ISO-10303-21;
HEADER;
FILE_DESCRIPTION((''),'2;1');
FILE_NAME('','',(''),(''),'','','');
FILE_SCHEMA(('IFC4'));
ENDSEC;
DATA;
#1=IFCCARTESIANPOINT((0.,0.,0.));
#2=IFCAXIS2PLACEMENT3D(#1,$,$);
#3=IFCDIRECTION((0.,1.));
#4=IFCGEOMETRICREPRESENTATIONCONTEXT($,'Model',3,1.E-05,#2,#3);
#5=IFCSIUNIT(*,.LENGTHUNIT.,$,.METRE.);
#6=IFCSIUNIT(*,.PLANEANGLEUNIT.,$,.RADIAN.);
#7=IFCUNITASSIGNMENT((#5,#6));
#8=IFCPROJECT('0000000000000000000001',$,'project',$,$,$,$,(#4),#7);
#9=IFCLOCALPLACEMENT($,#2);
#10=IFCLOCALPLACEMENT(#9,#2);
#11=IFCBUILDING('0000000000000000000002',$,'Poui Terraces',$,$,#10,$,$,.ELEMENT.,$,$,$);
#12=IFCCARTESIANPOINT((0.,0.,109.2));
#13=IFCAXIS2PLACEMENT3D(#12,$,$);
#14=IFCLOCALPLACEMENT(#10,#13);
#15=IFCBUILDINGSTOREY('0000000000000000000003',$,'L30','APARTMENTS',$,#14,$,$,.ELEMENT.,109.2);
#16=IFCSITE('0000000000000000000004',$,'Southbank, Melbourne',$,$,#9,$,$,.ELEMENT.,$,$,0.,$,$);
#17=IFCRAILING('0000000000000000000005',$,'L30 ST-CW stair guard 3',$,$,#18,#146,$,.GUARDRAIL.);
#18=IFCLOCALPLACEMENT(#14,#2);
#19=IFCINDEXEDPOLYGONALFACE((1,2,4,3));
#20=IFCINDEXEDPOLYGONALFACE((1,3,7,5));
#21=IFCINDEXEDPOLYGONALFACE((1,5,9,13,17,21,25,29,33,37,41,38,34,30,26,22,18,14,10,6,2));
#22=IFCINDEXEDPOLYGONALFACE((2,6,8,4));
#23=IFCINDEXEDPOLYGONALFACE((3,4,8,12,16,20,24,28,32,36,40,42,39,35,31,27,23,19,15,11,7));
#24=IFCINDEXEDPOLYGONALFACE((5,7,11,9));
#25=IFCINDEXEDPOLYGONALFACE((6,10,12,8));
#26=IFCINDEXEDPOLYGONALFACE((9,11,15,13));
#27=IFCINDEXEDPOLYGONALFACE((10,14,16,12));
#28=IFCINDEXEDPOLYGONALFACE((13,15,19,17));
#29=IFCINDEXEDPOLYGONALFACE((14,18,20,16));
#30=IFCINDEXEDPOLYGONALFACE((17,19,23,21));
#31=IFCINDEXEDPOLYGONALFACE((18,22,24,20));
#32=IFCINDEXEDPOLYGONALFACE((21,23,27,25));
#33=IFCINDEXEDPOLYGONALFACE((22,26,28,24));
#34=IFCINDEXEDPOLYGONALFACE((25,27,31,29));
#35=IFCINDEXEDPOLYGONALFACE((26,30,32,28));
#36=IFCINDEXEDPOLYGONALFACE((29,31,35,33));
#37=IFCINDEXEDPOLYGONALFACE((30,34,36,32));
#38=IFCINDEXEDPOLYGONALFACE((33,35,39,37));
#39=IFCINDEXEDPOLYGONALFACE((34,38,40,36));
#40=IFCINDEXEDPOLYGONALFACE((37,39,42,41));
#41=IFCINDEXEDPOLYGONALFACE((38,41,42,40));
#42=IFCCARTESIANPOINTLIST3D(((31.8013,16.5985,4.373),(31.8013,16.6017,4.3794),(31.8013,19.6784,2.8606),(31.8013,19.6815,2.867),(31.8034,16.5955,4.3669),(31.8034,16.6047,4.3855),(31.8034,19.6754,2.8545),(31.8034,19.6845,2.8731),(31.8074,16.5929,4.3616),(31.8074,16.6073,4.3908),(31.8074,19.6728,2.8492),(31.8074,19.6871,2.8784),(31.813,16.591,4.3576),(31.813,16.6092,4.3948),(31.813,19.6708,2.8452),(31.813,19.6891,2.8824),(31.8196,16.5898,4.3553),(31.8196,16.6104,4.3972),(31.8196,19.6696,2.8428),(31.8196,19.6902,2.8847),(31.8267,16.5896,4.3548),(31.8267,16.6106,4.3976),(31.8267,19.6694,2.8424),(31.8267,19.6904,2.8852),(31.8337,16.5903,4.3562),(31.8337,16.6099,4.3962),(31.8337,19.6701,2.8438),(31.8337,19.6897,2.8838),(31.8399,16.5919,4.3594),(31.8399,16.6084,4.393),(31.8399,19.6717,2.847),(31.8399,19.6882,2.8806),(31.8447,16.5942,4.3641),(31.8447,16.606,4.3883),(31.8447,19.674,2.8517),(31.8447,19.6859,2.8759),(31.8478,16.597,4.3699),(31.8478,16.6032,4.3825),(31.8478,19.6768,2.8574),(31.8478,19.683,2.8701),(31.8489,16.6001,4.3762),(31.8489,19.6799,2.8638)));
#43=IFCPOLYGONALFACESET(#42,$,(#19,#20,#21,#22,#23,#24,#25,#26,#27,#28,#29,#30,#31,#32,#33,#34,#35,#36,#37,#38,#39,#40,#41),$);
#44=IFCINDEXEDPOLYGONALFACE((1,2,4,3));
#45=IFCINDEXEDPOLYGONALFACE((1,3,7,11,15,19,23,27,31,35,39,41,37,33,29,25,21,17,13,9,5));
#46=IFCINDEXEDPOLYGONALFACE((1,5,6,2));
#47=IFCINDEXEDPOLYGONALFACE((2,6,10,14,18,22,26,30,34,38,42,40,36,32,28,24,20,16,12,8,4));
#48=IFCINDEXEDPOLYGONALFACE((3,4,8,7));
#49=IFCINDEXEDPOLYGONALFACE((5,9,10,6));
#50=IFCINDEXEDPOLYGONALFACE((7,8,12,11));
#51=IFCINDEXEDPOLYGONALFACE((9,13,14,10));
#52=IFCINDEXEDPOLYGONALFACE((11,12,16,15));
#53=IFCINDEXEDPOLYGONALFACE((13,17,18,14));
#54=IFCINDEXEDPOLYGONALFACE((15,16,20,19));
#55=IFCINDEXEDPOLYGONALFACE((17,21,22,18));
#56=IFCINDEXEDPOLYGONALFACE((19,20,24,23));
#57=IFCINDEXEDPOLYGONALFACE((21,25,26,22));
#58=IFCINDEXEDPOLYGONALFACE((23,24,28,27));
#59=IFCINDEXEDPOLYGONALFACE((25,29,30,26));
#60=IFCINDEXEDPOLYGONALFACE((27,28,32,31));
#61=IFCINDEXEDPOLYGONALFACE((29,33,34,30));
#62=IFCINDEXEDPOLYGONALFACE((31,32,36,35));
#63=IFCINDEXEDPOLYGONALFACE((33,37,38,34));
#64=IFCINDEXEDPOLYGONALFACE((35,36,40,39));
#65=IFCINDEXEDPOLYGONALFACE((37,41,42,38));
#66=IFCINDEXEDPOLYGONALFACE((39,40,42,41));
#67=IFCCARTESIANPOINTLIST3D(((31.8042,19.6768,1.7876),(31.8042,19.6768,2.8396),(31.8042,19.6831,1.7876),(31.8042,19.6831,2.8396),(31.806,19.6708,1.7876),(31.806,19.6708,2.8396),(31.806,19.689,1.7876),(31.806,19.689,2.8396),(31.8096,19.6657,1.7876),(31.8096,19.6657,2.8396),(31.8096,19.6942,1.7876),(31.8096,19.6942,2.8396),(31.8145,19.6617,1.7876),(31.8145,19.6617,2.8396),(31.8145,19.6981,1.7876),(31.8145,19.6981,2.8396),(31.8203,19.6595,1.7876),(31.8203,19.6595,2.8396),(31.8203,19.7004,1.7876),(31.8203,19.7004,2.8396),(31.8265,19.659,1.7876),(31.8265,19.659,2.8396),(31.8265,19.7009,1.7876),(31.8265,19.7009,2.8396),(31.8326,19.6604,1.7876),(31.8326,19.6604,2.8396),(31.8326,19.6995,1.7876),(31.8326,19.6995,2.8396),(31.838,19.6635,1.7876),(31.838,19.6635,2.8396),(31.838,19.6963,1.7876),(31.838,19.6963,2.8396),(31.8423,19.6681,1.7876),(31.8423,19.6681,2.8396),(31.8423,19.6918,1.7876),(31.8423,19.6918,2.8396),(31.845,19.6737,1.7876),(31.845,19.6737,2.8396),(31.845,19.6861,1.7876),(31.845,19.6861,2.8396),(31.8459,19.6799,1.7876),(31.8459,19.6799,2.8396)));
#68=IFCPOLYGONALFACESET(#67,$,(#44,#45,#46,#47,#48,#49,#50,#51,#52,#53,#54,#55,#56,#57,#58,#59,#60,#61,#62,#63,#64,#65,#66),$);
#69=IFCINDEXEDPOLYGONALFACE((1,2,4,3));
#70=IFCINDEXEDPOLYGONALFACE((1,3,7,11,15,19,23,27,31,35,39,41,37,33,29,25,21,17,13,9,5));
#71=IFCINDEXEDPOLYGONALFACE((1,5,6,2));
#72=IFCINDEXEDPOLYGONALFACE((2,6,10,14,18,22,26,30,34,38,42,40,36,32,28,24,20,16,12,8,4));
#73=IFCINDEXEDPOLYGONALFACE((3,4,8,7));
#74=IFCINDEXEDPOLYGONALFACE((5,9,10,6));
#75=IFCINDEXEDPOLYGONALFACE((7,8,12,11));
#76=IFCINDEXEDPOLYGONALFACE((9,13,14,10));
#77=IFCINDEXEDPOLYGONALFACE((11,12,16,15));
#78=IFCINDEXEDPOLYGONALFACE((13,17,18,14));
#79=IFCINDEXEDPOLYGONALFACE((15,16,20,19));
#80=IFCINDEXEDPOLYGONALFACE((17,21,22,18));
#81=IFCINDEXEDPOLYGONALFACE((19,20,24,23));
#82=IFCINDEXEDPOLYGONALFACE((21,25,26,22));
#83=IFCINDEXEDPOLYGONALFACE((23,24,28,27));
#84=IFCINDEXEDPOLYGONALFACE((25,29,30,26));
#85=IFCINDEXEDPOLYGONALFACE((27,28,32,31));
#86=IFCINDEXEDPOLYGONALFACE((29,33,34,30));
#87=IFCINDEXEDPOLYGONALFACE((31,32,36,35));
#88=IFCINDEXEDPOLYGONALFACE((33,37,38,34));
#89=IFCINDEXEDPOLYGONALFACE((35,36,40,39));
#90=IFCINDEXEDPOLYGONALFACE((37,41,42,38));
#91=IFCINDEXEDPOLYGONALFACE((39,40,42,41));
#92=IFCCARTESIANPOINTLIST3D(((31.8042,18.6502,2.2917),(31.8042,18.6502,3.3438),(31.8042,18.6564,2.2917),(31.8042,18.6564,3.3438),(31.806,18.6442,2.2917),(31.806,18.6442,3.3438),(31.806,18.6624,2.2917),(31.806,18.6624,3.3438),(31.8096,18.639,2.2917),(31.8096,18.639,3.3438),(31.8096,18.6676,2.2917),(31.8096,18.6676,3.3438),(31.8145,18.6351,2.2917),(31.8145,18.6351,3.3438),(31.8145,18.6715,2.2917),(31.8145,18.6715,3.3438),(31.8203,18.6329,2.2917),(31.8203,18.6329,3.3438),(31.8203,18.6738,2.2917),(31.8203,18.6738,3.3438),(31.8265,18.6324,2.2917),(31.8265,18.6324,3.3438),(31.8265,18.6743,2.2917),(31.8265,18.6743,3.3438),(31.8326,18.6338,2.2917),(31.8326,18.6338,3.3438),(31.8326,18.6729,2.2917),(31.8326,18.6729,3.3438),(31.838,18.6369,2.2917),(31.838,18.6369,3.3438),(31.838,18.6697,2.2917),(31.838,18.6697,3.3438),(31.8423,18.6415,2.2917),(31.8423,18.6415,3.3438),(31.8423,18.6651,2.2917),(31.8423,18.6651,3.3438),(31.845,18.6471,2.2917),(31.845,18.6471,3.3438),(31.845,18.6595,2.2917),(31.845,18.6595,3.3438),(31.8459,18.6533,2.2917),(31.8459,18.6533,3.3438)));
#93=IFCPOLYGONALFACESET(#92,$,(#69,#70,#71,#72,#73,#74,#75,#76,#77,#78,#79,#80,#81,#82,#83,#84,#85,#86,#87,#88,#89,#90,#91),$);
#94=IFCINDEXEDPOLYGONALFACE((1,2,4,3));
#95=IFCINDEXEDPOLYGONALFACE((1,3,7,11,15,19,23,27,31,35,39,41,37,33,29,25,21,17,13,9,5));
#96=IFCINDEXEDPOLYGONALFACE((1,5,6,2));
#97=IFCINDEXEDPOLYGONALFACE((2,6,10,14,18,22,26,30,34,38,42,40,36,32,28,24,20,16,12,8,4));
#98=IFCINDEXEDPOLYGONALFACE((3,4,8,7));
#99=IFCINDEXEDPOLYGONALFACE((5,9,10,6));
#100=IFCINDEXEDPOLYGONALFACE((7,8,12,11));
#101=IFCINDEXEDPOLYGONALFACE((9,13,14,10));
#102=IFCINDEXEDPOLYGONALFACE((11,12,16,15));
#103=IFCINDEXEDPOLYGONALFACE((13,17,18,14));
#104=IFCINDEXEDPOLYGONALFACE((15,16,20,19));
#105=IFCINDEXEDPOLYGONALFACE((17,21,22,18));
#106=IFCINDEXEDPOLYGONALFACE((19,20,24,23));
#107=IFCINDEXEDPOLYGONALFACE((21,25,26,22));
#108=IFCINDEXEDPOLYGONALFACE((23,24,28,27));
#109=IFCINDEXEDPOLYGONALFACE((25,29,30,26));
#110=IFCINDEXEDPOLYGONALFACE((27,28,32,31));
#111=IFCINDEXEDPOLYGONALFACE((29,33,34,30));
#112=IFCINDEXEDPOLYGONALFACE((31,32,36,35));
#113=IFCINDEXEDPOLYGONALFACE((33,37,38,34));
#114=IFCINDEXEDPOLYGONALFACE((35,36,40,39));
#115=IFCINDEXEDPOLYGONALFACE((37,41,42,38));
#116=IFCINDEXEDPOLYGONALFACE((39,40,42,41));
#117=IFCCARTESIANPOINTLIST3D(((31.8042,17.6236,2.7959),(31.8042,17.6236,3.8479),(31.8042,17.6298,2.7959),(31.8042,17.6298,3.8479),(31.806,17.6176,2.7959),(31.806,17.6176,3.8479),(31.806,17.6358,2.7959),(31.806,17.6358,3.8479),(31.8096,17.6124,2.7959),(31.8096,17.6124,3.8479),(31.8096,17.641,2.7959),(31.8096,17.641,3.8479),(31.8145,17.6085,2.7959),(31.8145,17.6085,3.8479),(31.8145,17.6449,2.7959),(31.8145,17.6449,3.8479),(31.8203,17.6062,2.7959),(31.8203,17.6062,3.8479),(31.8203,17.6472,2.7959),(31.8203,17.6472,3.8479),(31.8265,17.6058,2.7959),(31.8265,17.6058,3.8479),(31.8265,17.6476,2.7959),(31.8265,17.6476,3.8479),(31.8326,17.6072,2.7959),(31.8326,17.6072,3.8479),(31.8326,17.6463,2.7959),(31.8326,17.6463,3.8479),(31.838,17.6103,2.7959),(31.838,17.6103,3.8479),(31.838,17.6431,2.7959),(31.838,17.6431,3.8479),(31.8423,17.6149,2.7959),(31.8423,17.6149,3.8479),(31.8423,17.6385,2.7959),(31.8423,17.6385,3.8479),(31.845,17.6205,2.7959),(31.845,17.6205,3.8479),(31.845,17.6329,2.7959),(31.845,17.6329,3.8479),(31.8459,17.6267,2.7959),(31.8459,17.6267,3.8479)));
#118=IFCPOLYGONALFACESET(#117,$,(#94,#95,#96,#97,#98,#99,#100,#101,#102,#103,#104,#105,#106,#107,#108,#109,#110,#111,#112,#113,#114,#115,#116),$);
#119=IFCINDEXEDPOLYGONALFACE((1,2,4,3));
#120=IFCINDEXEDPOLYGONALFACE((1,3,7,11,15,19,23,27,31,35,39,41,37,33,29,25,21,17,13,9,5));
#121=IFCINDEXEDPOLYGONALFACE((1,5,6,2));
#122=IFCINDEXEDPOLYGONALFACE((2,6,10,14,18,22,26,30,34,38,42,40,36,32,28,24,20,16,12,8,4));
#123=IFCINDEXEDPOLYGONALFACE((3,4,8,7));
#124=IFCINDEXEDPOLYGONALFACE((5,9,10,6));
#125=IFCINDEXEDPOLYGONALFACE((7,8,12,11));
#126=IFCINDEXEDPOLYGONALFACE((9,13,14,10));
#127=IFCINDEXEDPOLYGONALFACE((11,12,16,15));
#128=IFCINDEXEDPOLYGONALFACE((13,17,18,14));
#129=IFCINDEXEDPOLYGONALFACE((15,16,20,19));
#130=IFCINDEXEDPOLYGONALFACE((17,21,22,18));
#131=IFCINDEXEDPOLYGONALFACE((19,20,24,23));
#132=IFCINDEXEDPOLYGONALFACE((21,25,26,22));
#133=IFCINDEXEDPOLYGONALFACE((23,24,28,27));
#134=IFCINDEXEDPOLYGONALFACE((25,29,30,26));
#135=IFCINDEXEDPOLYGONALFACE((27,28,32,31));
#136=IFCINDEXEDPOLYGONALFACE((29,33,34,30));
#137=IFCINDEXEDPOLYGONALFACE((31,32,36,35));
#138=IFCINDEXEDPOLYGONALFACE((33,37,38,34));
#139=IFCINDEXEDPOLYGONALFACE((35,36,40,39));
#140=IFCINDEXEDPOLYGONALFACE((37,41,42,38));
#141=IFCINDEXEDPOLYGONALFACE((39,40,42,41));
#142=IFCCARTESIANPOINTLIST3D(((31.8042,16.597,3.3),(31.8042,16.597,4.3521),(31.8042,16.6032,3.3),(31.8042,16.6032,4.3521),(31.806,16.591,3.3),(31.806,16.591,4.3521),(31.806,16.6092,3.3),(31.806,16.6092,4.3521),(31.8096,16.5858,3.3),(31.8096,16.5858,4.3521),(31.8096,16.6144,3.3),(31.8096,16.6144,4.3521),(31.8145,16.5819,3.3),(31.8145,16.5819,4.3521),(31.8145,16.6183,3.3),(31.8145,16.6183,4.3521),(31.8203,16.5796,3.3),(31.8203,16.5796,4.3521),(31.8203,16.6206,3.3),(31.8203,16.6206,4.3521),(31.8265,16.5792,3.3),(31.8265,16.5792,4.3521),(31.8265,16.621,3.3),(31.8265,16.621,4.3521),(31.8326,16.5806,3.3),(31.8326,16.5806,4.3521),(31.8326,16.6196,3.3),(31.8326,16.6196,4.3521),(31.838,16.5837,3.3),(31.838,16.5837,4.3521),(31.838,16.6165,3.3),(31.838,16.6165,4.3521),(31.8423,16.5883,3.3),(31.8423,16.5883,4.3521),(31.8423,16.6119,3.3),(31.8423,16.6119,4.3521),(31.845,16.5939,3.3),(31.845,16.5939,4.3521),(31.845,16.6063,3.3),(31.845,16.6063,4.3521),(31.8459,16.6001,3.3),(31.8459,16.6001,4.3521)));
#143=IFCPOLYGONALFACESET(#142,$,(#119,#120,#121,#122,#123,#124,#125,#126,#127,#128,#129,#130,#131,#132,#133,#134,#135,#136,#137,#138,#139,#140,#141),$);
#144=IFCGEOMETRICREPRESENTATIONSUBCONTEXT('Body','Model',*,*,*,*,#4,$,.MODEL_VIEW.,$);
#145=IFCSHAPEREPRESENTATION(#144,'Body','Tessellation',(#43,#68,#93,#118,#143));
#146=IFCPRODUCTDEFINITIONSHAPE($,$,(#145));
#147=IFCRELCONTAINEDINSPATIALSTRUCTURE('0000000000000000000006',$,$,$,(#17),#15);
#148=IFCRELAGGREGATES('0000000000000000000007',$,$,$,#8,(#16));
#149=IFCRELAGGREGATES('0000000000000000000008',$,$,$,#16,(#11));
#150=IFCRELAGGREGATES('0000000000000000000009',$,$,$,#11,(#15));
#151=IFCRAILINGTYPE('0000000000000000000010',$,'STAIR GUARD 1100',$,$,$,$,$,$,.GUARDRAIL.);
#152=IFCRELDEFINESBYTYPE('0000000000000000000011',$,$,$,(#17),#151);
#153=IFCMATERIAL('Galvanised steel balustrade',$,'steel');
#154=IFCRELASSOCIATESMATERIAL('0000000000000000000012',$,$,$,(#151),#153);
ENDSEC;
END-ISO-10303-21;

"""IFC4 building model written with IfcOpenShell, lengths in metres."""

from ifc_helpers import new_model, si_unit, direction, frame, origin, origin_2d, place, context, subcontext, project, spatial, circle, extrude, material, type_object, element, save


model = new_model("IFC4")

# Units and contexts
model_context = context("Model", 3, precision=1e-05, world=origin(), true_north=direction((0.0, 1.0)))
body_context = subcontext(model_context, "Body", "Model", "MODEL_VIEW")
ifc_project = project(units=[si_unit("LENGTHUNIT", "METRE"), si_unit("PLANEANGLEUNIT", "RADIAN")], contexts=[model_context])

# Site, building, storey
site_placement = place(None, origin())
site = spatial("IfcSite", under=ifc_project, at=site_placement, Name="Southbank, Melbourne", CompositionType="ELEMENT", RefElevation=0.0)
building_placement = place(site_placement, origin())
building = spatial("IfcBuilding", under=site, at=building_placement, Name="Poui Terraces", CompositionType="ELEMENT")
storey_placement = place(building_placement, frame((0.0, 0.0, 109.2)))
storey = spatial("IfcBuildingStorey", under=building, at=storey_placement, Name="L30", Description="APARTMENTS", CompositionType="ELEMENT", Elevation=109.2)

# Railing
ifc_material_1 = material(Name="Galvanised steel balustrade", Category="steel")
railing_type_1 = type_object("IfcRailingType", Name="STAIR GUARD 1100", PredefinedType="GUARDRAIL", material=ifc_material_1)
railing_1_placement = place(storey_placement, frame((31.825, 19.6799, 1.7876)))
element("IfcRailing", 1, at=railing_1_placement, inside=storey, type_object=railing_type_1, Name="L30 ST-CW stair guard 3", PredefinedType="GUARDRAIL", context=body_context, shape_type="SweptSolid", body=[
    extrude(circle(Radius=0.0239, at=origin_2d()), frame((0.0, 0.0, 1.0762), z_axis=(0.0, -0.897606, 0.440798), x_axis=(1.0, 0.0, 0.0)), (0.0, 0.0, 1.0), 3.4312),
    extrude(circle(Radius=0.021, at=origin_2d()), origin(), (0.0, 0.0, 1.0), 1.052),
    extrude(circle(Radius=0.021, at=origin_2d()), frame((0.0, -1.0266, 0.5042)), (0.0, 0.0, 1.0), 1.052),
    extrude(circle(Radius=0.021, at=origin_2d()), frame((0.0, -2.0532, 1.0083)), (0.0, 0.0, 1.0), 1.052),
    extrude(circle(Radius=0.021, at=origin_2d()), frame((0.0, -3.0798, 1.5125)), (0.0, 0.0, 1.0), 1.052),
])

save(model, "model.ifc")
